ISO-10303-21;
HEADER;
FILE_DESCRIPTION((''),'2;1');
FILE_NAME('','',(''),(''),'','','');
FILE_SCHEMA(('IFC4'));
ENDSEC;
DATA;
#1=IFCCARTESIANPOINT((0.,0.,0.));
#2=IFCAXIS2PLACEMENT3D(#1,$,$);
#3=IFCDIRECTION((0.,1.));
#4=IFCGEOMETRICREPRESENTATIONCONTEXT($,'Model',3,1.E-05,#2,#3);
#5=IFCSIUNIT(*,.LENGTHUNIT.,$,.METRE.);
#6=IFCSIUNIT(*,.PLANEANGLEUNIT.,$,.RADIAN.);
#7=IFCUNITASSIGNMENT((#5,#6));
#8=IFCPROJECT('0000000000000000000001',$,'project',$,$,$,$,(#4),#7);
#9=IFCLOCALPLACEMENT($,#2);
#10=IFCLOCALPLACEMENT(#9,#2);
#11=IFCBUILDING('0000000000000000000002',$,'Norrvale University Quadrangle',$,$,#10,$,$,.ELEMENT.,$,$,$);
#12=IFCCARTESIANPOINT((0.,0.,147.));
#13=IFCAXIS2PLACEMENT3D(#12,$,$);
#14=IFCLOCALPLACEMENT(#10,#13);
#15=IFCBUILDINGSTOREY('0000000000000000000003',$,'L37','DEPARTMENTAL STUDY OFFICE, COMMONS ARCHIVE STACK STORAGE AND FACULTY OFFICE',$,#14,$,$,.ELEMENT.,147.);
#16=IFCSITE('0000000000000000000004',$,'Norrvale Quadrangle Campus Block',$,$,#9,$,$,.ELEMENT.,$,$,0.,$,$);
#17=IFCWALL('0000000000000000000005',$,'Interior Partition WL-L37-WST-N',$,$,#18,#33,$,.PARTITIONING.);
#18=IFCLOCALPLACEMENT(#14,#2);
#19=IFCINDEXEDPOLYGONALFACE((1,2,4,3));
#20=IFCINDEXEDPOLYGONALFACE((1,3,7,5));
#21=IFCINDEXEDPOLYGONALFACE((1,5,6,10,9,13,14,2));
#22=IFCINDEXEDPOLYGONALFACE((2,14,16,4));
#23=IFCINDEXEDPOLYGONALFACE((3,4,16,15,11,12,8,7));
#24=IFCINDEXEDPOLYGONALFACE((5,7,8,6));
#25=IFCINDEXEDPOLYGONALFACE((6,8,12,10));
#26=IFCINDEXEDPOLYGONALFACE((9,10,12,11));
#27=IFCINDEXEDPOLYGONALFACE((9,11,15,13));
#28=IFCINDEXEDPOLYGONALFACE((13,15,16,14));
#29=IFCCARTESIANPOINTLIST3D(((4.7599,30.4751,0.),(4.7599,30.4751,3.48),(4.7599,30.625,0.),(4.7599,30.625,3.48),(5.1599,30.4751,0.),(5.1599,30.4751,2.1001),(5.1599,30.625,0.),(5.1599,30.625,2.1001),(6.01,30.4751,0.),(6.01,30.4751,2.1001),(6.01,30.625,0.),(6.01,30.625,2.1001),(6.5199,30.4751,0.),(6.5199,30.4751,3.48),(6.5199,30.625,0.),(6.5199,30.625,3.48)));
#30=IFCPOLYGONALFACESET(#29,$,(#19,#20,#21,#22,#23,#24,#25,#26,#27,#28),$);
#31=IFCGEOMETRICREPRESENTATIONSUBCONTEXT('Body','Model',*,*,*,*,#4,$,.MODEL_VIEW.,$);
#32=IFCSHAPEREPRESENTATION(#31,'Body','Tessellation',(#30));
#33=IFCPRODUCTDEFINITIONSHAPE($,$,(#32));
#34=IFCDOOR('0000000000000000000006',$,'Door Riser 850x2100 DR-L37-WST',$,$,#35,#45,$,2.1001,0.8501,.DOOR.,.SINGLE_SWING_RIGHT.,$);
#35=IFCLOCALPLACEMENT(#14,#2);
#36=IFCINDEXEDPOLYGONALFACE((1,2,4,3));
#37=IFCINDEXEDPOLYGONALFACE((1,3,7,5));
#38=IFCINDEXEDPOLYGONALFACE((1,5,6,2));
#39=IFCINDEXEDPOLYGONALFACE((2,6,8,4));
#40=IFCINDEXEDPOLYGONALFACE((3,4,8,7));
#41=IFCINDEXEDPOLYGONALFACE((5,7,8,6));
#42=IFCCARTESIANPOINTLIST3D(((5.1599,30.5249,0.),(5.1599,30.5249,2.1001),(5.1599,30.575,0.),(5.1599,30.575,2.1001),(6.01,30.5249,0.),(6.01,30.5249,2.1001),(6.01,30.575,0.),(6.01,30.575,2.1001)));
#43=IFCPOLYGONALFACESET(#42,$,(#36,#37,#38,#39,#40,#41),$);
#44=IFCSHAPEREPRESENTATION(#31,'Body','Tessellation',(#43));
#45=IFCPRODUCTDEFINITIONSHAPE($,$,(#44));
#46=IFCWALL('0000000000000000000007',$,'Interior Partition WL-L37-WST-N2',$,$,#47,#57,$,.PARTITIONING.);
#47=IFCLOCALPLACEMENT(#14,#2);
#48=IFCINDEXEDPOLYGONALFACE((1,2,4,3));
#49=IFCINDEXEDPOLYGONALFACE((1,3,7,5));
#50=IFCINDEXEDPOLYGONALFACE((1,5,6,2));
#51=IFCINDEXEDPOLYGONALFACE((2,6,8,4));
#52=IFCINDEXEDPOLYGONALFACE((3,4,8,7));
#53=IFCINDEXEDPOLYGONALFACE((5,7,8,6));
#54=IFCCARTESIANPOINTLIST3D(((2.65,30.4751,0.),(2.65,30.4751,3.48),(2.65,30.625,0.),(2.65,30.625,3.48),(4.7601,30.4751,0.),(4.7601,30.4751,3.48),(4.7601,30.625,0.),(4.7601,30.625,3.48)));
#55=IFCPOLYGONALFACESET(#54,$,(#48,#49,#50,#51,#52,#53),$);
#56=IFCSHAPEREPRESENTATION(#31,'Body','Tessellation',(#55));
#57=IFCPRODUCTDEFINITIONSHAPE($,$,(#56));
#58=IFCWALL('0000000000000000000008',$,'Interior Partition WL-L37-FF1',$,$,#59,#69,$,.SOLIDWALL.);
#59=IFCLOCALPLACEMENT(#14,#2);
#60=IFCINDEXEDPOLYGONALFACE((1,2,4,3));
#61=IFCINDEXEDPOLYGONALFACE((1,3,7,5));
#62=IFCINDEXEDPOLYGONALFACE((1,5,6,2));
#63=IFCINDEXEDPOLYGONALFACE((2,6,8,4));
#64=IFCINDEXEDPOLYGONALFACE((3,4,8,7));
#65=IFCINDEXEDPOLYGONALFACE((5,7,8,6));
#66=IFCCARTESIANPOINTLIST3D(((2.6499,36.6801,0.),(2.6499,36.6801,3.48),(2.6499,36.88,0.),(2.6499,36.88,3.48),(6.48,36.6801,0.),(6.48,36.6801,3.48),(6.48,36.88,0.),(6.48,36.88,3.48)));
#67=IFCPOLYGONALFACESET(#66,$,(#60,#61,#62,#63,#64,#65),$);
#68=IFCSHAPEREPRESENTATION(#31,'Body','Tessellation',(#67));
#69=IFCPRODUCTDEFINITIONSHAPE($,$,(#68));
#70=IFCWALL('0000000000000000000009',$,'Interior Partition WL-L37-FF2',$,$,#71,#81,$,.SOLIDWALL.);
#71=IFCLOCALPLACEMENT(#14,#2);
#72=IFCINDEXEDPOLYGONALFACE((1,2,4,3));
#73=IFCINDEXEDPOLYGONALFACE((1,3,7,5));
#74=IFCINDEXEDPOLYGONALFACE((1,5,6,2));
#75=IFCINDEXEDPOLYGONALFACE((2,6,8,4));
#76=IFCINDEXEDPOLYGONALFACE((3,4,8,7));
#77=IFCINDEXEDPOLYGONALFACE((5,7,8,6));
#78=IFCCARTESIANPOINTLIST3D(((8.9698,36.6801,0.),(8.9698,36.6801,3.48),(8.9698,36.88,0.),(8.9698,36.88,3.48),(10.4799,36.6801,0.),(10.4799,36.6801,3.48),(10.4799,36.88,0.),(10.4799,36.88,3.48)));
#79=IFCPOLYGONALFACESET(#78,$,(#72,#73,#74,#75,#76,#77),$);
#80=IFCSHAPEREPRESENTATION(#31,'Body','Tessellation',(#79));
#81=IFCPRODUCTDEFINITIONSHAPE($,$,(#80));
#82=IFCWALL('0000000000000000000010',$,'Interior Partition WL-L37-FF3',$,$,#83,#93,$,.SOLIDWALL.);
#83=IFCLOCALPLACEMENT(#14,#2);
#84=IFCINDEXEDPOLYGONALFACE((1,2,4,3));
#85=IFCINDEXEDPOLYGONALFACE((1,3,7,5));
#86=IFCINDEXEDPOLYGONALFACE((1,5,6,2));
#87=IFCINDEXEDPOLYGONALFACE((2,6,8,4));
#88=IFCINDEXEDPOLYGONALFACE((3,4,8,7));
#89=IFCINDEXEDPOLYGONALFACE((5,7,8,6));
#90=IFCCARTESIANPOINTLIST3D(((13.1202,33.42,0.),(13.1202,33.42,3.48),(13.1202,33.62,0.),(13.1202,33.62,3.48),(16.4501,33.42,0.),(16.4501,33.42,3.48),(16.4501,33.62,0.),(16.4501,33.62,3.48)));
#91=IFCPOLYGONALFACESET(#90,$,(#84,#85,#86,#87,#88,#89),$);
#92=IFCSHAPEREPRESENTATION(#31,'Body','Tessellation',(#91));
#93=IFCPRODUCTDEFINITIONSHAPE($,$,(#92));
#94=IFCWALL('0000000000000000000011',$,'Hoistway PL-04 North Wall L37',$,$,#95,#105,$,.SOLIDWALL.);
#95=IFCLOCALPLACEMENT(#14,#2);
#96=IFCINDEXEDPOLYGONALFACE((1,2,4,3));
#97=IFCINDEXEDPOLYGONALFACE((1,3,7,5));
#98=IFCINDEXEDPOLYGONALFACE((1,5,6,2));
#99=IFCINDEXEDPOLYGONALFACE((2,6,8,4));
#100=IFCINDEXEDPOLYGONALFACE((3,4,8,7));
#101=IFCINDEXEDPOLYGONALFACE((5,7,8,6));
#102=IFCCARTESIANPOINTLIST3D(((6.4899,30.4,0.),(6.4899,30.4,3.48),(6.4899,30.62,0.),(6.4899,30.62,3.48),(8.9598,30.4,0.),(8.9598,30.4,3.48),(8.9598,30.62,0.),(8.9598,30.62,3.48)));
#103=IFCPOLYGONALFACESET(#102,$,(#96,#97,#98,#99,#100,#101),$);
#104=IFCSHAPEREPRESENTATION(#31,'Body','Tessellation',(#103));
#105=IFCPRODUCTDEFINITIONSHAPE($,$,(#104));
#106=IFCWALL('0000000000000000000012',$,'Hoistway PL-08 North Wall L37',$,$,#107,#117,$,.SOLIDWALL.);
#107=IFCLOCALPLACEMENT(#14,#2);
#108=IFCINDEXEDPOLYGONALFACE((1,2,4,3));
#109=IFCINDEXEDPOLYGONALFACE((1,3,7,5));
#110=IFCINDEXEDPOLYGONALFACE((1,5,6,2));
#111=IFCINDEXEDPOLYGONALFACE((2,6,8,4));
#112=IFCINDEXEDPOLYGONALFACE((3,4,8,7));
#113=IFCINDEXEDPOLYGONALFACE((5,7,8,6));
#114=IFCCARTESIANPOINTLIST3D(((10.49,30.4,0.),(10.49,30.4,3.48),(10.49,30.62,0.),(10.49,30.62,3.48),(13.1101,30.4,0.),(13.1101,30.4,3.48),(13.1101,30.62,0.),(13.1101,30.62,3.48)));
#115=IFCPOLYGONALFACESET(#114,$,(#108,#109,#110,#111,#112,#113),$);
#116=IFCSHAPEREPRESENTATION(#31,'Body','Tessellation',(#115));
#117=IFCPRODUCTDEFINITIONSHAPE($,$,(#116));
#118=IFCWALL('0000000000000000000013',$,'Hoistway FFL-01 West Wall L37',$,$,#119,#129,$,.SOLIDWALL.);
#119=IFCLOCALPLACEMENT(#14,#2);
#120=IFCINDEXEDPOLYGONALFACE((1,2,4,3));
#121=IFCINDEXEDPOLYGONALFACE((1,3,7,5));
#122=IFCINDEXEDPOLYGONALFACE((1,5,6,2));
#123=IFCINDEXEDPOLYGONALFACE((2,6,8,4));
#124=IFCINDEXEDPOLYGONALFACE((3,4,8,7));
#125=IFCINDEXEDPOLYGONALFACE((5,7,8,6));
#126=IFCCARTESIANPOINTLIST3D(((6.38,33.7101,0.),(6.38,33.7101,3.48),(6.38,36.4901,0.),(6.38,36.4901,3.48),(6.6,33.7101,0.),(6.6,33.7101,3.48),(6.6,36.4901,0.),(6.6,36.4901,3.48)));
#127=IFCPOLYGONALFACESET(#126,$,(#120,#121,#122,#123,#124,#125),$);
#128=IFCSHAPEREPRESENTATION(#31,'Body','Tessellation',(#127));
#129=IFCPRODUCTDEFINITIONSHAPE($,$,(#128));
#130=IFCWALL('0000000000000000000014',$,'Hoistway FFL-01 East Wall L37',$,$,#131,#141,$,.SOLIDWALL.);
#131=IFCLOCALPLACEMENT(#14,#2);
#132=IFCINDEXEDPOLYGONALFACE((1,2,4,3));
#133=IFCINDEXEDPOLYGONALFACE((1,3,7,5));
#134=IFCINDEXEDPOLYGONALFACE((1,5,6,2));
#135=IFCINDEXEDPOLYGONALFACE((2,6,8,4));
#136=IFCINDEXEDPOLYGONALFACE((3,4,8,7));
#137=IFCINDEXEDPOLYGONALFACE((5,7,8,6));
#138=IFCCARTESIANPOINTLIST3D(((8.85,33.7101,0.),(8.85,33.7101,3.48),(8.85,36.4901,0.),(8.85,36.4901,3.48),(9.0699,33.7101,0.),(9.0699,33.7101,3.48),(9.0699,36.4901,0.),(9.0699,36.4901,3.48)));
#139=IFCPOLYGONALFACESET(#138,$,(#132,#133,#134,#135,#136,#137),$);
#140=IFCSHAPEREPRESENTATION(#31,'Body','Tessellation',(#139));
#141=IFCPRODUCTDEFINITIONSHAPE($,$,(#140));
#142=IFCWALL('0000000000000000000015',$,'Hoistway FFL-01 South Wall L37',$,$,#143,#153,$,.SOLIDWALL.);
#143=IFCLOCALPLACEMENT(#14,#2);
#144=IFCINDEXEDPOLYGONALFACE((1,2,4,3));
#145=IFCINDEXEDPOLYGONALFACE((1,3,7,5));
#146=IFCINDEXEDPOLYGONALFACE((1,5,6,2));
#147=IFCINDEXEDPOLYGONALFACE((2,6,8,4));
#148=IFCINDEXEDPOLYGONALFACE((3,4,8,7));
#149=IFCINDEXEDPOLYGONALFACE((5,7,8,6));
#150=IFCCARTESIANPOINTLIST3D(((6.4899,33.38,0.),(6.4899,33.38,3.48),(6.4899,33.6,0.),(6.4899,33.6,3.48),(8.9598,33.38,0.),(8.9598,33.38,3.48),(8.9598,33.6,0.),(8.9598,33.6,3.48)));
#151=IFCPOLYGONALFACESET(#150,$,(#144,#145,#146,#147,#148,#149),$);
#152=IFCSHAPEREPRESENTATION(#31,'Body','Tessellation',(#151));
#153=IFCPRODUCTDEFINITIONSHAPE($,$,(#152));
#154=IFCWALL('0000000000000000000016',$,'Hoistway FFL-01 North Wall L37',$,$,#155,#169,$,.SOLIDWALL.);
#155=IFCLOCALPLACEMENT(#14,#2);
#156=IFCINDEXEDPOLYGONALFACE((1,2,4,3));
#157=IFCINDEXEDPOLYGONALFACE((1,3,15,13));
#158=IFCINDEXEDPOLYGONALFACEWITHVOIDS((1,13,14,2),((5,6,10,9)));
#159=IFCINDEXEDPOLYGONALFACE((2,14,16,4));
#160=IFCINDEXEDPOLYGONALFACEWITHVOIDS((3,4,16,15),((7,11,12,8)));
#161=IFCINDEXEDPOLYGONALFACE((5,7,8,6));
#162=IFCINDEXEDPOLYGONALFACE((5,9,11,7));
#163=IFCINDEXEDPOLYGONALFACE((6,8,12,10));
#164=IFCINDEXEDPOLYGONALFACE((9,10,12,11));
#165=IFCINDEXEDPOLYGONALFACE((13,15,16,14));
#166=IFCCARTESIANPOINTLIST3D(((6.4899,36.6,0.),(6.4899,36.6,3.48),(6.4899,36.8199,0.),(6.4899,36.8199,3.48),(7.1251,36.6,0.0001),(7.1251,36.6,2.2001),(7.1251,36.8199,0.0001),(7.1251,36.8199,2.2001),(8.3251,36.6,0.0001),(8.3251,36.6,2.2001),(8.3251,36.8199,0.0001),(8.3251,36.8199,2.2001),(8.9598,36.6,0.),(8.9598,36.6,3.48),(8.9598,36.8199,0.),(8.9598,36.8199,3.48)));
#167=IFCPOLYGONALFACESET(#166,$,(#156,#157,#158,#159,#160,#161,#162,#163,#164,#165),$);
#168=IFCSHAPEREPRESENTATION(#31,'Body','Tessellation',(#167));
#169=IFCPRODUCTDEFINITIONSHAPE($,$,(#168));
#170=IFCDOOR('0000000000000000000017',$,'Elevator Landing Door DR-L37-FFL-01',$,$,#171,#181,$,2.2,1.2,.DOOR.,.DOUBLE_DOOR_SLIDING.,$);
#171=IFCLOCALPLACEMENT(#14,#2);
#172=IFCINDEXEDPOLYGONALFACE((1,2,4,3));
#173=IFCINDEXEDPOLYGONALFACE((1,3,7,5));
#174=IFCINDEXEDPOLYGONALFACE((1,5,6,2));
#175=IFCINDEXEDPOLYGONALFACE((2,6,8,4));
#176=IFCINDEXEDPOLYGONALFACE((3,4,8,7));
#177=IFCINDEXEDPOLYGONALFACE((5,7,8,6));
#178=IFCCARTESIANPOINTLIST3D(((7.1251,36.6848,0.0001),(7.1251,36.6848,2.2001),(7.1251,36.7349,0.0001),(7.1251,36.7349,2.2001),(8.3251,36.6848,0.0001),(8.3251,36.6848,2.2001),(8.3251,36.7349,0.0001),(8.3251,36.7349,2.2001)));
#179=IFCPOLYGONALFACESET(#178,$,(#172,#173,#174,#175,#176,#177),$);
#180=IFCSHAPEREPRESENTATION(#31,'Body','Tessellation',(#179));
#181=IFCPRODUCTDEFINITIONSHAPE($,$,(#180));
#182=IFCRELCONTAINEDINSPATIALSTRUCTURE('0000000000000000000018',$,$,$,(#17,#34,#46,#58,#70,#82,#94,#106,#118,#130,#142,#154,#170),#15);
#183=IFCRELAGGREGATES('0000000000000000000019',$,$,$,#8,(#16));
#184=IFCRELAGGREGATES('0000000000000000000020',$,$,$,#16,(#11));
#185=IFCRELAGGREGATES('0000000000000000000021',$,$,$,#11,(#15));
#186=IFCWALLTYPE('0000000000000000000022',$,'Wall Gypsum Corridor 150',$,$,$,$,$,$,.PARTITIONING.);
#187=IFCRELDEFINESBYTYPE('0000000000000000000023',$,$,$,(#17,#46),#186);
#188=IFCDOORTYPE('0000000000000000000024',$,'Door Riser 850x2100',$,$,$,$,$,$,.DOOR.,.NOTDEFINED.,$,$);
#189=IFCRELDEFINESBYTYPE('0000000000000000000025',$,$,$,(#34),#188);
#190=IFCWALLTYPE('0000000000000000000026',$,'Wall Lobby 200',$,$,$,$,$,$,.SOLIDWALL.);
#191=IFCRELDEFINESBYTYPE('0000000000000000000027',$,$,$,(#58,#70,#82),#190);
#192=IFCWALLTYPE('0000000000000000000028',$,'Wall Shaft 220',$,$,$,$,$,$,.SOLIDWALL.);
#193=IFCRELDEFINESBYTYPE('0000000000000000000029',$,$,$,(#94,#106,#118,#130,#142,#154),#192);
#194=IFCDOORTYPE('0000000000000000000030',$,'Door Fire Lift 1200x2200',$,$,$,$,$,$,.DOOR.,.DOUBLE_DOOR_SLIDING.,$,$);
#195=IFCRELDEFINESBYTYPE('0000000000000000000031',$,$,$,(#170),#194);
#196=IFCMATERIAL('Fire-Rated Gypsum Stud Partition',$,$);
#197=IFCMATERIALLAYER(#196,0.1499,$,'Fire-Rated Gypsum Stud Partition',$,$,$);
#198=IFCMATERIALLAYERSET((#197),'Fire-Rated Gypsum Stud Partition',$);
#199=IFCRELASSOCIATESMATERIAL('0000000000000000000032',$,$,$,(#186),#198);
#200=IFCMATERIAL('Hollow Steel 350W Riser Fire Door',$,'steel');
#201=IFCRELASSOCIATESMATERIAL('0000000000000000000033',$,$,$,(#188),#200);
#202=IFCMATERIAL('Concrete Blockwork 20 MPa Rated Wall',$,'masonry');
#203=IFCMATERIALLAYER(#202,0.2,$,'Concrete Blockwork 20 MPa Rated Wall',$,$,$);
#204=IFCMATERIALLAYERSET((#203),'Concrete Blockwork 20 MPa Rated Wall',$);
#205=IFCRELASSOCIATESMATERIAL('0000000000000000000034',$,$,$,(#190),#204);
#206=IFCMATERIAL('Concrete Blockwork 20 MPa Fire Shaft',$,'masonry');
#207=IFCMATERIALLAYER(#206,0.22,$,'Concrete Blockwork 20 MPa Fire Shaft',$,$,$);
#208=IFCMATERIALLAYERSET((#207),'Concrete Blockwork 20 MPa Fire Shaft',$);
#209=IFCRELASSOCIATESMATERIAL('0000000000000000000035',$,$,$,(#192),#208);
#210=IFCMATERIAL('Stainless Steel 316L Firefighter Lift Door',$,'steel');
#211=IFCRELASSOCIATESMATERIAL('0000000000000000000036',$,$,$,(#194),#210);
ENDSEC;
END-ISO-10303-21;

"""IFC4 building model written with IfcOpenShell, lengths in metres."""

from ifc_helpers import new_model, si_unit, direction, frame, frame_2d, origin, place, context, subcontext, project, spatial, rectangle, extrude, material, layer, layer_set, type_object, element, fill, save


model = new_model("IFC4")

# Units and contexts
model_context = context("Model", 3, precision=1e-05, world=origin(), true_north=direction((0.0, 1.0)))
body_context = subcontext(model_context, "Body", "Model", "MODEL_VIEW")
ifc_project = project(units=[si_unit("LENGTHUNIT", "METRE"), si_unit("PLANEANGLEUNIT", "RADIAN")], contexts=[model_context])

# Site, building, storey
site_placement = place(None, origin())
site = spatial("IfcSite", under=ifc_project, at=site_placement, Name="Norrvale Quadrangle Campus Block", CompositionType="ELEMENT", RefElevation=0.0)
building_placement = place(site_placement, origin())
building = spatial("IfcBuilding", under=site, at=building_placement, Name="Norrvale University Quadrangle", CompositionType="ELEMENT")
storey_placement = place(building_placement, frame((0.0, 0.0, 147.0)))
storey = spatial("IfcBuildingStorey", under=building, at=storey_placement, Name="L37", Description="DEPARTMENTAL STUDY OFFICE, COMMONS ARCHIVE STACK STORAGE AND FACULTY OFFICE", CompositionType="ELEMENT", Elevation=147.0)

# Shared definitions
ifc_material_1 = material(Name="Fire-Rated Gypsum Stud Partition")
ifc_layer_1 = layer(ifc_material_1, 0.1499, Name="Fire-Rated Gypsum Stud Partition")
ifc_layer_set_1 = layer_set([ifc_layer_1], Name="Fire-Rated Gypsum Stud Partition")
wall_type_1 = type_object("IfcWallType", Name="Wall Gypsum Corridor 150", PredefinedType="PARTITIONING", material=ifc_layer_set_1)

# Wall, opening, door
ifc_material_2 = material(Name="Hollow Steel 350W Riser Fire Door", Category="steel")
door_type_1 = type_object("IfcDoorType", Name="Door Riser 850x2100", OperationType="NOTDEFINED", PredefinedType="DOOR", material=ifc_material_2)
wall_1_placement = place(storey_placement, frame((4.76, 30.55, 0.0), z_axis=(0.0, 0.0, 1.0), x_axis=(1.0, 0.0, 0.0)))
wall_1 = element("IfcWall", 1, at=wall_1_placement, inside=storey, type_object=wall_type_1, Name="Interior Partition WL-L37-WST-N", PredefinedType="PARTITIONING", context=body_context, shape_type="SweptSolid", body=[
    extrude(rectangle(XDim=1.76, YDim=0.1499, at=frame_2d((0.8799, 0.0))), origin(), (0.0, 0.0, 1.0), 3.48),
])
opening_1_placement = place(wall_1_placement, frame((0.3999, 0.0, 0.0)))
opening_1 = element("IfcOpeningElement", 2, at=opening_1_placement, cuts=wall_1, PredefinedType="OPENING", context=body_context, shape_type="SweptSolid", body=[
    extrude(rectangle(XDim=0.8501, YDim=2.1001, at=frame_2d((0.425, 1.05))), frame((0.0, 0.0869, 0.0), z_axis=(0.0, -1.0, 0.0), x_axis=(1.0, 0.0, 0.0)), (0.0, 0.0, 1.0), 0.1738),
])
door_1_placement = place(opening_1_placement, origin())
door_1 = element("IfcDoor", 3, at=door_1_placement, inside=storey, type_object=door_type_1, Name="Door Riser 850x2100 DR-L37-WST", OperationType="SINGLE_SWING_RIGHT", OverallHeight=2.1001, OverallWidth=0.8501, PredefinedType="DOOR", context=body_context, shape_type="SweptSolid", body=[
    extrude(rectangle(XDim=0.8501, YDim=2.1001, at=frame_2d((0.425, 1.05))), frame((0.0, 0.0249, 0.0), z_axis=(0.0, -1.0, 0.0), x_axis=(1.0, 0.0, 0.0)), (0.0, 0.0, 1.0), 0.05),
])
fill(opening_1, door_1)

# Walls
wall_2_placement = place(storey_placement, frame((2.6499, 30.55, 0.0), z_axis=(0.0, 0.0, 1.0), x_axis=(1.0, 0.0, 0.0)))
element("IfcWall", 4, at=wall_2_placement, inside=storey, type_object=wall_type_1, Name="Interior Partition WL-L37-WST-N2", PredefinedType="PARTITIONING", context=body_context, shape_type="SweptSolid", body=[
    extrude(rectangle(XDim=2.1101, YDim=0.1499, at=frame_2d((1.0552, 0.0))), origin(), (0.0, 0.0, 1.0), 3.48),
])
ifc_material_3 = material(Name="Concrete Blockwork 20 MPa Rated Wall", Category="masonry")
ifc_layer_2 = layer(ifc_material_3, 0.2, Name="Concrete Blockwork 20 MPa Rated Wall")
ifc_layer_set_2 = layer_set([ifc_layer_2], Name="Concrete Blockwork 20 MPa Rated Wall")
wall_type_2 = type_object("IfcWallType", Name="Wall Lobby 200", PredefinedType="SOLIDWALL", material=ifc_layer_set_2)
wall_3_placement = place(storey_placement, frame((2.6499, 36.78, 0.0), z_axis=(0.0, 0.0, 1.0), x_axis=(1.0, 0.0, 0.0)))
element("IfcWall", 5, at=wall_3_placement, inside=storey, type_object=wall_type_2, Name="Interior Partition WL-L37-FF1", PredefinedType="SOLIDWALL", context=body_context, shape_type="SweptSolid", body=[
    extrude(rectangle(XDim=3.8301, YDim=0.2, at=frame_2d((1.915, 0.0))), origin(), (0.0, 0.0, 1.0), 3.48),
])
wall_4_placement = place(storey_placement, frame((8.97, 36.78, 0.0), z_axis=(0.0, 0.0, 1.0), x_axis=(1.0, 0.0, 0.0)))
element("IfcWall", 6, at=wall_4_placement, inside=storey, type_object=wall_type_2, Name="Interior Partition WL-L37-FF2", PredefinedType="SOLIDWALL", context=body_context, shape_type="SweptSolid", body=[
    extrude(rectangle(XDim=1.51, YDim=0.2, at=frame_2d((0.7549, 0.0))), origin(), (0.0, 0.0, 1.0), 3.48),
])
wall_5_placement = place(storey_placement, frame((13.1201, 33.52, 0.0), z_axis=(0.0, 0.0, 1.0), x_axis=(1.0, 0.0, 0.0)))
element("IfcWall", 7, at=wall_5_placement, inside=storey, type_object=wall_type_2, Name="Interior Partition WL-L37-FF3", PredefinedType="SOLIDWALL", context=body_context, shape_type="SweptSolid", body=[
    extrude(rectangle(XDim=3.3298, YDim=0.2, at=frame_2d((1.665, 0.0))), origin(), (0.0, 0.0, 1.0), 3.48),
])
ifc_material_4 = material(Name="Concrete Blockwork 20 MPa Fire Shaft", Category="masonry")
ifc_layer_3 = layer(ifc_material_4, 0.22, Name="Concrete Blockwork 20 MPa Fire Shaft")
ifc_layer_set_3 = layer_set([ifc_layer_3], Name="Concrete Blockwork 20 MPa Fire Shaft")
wall_type_3 = type_object("IfcWallType", Name="Wall Shaft 220", PredefinedType="SOLIDWALL", material=ifc_layer_set_3)
wall_6_placement = place(storey_placement, frame((6.49, 30.51, 0.0), z_axis=(0.0, 0.0, 1.0), x_axis=(1.0, 0.0, 0.0)))
element("IfcWall", 8, at=wall_6_placement, inside=storey, type_object=wall_type_3, Name="Hoistway PL-04 North Wall L37", PredefinedType="SOLIDWALL", context=body_context, shape_type="SweptSolid", body=[
    extrude(rectangle(XDim=2.47, YDim=0.22, at=frame_2d((1.2349, 0.0))), origin(), (0.0, 0.0, 1.0), 3.48),
])
wall_7_placement = place(storey_placement, frame((10.49, 30.51, 0.0), z_axis=(0.0, 0.0, 1.0), x_axis=(1.0, 0.0, 0.0)))
element("IfcWall", 9, at=wall_7_placement, inside=storey, type_object=wall_type_3, Name="Hoistway PL-08 North Wall L37", PredefinedType="SOLIDWALL", context=body_context, shape_type="SweptSolid", body=[
    extrude(rectangle(XDim=2.6201, YDim=0.22, at=frame_2d((1.3101, 0.0))), origin(), (0.0, 0.0, 1.0), 3.48),
])
for number, where, z_axis, x_axis, name in (
    (10, (6.49, 33.71, 0.0), (0.0, 0.0, 1.0), (0.0, 1.0, 0.0), "Hoistway FFL-01 West Wall L37"),
    (11, (8.96, 33.71, 0.0), (0.0, 0.0, 1.0), (0.0, 1.0, 0.0), "Hoistway FFL-01 East Wall L37"),
):
    element("IfcWall", number, at=place(storey_placement, frame(where, z_axis=z_axis, x_axis=x_axis)), inside=storey, type_object=wall_type_3, Name=name, PredefinedType="SOLIDWALL", context=body_context, shape_type="SweptSolid", body=[
        extrude(rectangle(XDim=2.78, YDim=0.22, at=frame_2d((1.3901, 0.0))), origin(), (0.0, 0.0, 1.0), 3.48),
    ])
wall_8_placement = place(storey_placement, frame((6.49, 33.49, 0.0), z_axis=(0.0, 0.0, 1.0), x_axis=(1.0, 0.0, 0.0)))
element("IfcWall", 12, at=wall_8_placement, inside=storey, type_object=wall_type_3, Name="Hoistway FFL-01 South Wall L37", PredefinedType="SOLIDWALL", context=body_context, shape_type="SweptSolid", body=[
    extrude(rectangle(XDim=2.47, YDim=0.22, at=frame_2d((1.2349, 0.0))), origin(), (0.0, 0.0, 1.0), 3.48),
])

# Wall, opening, door
wall_9_placement = place(storey_placement, frame((6.49, 36.71, 0.0), z_axis=(0.0, 0.0, 1.0), x_axis=(1.0, 0.0, 0.0)))
wall_9 = element("IfcWall", 13, at=wall_9_placement, inside=storey, type_object=wall_type_3, Name="Hoistway FFL-01 North Wall L37", PredefinedType="SOLIDWALL", context=body_context, shape_type="SweptSolid", body=[
    extrude(rectangle(XDim=2.47, YDim=0.22, at=frame_2d((1.2349, 0.0))), origin(), (0.0, 0.0, 1.0), 3.48),
])
opening_2_placement = place(wall_9_placement, frame((0.635, 0.0, 0.0)))
opening_2 = element("IfcOpeningElement", 14, at=opening_2_placement, cuts=wall_9, PredefinedType="OPENING", context=body_context, shape_type="SweptSolid", body=[
    extrude(rectangle(XDim=1.2, YDim=2.2, at=frame_2d((0.6001, 1.1001))), frame((0.0, 0.1221, 0.0), z_axis=(0.0, -1.0, 0.0), x_axis=(1.0, 0.0, 0.0)), (0.0, 0.0, 1.0), 0.2439),
])
ifc_material_5 = material(Name="Stainless Steel 316L Firefighter Lift Door", Category="steel")
door_type_2 = type_object("IfcDoorType", Name="Door Fire Lift 1200x2200", OperationType="DOUBLE_DOOR_SLIDING", PredefinedType="DOOR", material=ifc_material_5)
door_2_placement = place(opening_2_placement, origin())
door_2 = element("IfcDoor", 15, at=door_2_placement, inside=storey, type_object=door_type_2, Name="Elevator Landing Door DR-L37-FFL-01", OperationType="DOUBLE_DOOR_SLIDING", OverallHeight=2.2, OverallWidth=1.2, PredefinedType="DOOR", context=body_context, shape_type="SweptSolid", body=[
    extrude(rectangle(XDim=1.2, YDim=2.2, at=frame_2d((0.6001, 1.1001))), frame((0.0, 0.0249, 0.0), z_axis=(0.0, -1.0, 0.0), x_axis=(1.0, 0.0, 0.0)), (0.0, 0.0, 1.0), 0.05),
])
fill(opening_2, door_2)

save(model, "model.ifc")
